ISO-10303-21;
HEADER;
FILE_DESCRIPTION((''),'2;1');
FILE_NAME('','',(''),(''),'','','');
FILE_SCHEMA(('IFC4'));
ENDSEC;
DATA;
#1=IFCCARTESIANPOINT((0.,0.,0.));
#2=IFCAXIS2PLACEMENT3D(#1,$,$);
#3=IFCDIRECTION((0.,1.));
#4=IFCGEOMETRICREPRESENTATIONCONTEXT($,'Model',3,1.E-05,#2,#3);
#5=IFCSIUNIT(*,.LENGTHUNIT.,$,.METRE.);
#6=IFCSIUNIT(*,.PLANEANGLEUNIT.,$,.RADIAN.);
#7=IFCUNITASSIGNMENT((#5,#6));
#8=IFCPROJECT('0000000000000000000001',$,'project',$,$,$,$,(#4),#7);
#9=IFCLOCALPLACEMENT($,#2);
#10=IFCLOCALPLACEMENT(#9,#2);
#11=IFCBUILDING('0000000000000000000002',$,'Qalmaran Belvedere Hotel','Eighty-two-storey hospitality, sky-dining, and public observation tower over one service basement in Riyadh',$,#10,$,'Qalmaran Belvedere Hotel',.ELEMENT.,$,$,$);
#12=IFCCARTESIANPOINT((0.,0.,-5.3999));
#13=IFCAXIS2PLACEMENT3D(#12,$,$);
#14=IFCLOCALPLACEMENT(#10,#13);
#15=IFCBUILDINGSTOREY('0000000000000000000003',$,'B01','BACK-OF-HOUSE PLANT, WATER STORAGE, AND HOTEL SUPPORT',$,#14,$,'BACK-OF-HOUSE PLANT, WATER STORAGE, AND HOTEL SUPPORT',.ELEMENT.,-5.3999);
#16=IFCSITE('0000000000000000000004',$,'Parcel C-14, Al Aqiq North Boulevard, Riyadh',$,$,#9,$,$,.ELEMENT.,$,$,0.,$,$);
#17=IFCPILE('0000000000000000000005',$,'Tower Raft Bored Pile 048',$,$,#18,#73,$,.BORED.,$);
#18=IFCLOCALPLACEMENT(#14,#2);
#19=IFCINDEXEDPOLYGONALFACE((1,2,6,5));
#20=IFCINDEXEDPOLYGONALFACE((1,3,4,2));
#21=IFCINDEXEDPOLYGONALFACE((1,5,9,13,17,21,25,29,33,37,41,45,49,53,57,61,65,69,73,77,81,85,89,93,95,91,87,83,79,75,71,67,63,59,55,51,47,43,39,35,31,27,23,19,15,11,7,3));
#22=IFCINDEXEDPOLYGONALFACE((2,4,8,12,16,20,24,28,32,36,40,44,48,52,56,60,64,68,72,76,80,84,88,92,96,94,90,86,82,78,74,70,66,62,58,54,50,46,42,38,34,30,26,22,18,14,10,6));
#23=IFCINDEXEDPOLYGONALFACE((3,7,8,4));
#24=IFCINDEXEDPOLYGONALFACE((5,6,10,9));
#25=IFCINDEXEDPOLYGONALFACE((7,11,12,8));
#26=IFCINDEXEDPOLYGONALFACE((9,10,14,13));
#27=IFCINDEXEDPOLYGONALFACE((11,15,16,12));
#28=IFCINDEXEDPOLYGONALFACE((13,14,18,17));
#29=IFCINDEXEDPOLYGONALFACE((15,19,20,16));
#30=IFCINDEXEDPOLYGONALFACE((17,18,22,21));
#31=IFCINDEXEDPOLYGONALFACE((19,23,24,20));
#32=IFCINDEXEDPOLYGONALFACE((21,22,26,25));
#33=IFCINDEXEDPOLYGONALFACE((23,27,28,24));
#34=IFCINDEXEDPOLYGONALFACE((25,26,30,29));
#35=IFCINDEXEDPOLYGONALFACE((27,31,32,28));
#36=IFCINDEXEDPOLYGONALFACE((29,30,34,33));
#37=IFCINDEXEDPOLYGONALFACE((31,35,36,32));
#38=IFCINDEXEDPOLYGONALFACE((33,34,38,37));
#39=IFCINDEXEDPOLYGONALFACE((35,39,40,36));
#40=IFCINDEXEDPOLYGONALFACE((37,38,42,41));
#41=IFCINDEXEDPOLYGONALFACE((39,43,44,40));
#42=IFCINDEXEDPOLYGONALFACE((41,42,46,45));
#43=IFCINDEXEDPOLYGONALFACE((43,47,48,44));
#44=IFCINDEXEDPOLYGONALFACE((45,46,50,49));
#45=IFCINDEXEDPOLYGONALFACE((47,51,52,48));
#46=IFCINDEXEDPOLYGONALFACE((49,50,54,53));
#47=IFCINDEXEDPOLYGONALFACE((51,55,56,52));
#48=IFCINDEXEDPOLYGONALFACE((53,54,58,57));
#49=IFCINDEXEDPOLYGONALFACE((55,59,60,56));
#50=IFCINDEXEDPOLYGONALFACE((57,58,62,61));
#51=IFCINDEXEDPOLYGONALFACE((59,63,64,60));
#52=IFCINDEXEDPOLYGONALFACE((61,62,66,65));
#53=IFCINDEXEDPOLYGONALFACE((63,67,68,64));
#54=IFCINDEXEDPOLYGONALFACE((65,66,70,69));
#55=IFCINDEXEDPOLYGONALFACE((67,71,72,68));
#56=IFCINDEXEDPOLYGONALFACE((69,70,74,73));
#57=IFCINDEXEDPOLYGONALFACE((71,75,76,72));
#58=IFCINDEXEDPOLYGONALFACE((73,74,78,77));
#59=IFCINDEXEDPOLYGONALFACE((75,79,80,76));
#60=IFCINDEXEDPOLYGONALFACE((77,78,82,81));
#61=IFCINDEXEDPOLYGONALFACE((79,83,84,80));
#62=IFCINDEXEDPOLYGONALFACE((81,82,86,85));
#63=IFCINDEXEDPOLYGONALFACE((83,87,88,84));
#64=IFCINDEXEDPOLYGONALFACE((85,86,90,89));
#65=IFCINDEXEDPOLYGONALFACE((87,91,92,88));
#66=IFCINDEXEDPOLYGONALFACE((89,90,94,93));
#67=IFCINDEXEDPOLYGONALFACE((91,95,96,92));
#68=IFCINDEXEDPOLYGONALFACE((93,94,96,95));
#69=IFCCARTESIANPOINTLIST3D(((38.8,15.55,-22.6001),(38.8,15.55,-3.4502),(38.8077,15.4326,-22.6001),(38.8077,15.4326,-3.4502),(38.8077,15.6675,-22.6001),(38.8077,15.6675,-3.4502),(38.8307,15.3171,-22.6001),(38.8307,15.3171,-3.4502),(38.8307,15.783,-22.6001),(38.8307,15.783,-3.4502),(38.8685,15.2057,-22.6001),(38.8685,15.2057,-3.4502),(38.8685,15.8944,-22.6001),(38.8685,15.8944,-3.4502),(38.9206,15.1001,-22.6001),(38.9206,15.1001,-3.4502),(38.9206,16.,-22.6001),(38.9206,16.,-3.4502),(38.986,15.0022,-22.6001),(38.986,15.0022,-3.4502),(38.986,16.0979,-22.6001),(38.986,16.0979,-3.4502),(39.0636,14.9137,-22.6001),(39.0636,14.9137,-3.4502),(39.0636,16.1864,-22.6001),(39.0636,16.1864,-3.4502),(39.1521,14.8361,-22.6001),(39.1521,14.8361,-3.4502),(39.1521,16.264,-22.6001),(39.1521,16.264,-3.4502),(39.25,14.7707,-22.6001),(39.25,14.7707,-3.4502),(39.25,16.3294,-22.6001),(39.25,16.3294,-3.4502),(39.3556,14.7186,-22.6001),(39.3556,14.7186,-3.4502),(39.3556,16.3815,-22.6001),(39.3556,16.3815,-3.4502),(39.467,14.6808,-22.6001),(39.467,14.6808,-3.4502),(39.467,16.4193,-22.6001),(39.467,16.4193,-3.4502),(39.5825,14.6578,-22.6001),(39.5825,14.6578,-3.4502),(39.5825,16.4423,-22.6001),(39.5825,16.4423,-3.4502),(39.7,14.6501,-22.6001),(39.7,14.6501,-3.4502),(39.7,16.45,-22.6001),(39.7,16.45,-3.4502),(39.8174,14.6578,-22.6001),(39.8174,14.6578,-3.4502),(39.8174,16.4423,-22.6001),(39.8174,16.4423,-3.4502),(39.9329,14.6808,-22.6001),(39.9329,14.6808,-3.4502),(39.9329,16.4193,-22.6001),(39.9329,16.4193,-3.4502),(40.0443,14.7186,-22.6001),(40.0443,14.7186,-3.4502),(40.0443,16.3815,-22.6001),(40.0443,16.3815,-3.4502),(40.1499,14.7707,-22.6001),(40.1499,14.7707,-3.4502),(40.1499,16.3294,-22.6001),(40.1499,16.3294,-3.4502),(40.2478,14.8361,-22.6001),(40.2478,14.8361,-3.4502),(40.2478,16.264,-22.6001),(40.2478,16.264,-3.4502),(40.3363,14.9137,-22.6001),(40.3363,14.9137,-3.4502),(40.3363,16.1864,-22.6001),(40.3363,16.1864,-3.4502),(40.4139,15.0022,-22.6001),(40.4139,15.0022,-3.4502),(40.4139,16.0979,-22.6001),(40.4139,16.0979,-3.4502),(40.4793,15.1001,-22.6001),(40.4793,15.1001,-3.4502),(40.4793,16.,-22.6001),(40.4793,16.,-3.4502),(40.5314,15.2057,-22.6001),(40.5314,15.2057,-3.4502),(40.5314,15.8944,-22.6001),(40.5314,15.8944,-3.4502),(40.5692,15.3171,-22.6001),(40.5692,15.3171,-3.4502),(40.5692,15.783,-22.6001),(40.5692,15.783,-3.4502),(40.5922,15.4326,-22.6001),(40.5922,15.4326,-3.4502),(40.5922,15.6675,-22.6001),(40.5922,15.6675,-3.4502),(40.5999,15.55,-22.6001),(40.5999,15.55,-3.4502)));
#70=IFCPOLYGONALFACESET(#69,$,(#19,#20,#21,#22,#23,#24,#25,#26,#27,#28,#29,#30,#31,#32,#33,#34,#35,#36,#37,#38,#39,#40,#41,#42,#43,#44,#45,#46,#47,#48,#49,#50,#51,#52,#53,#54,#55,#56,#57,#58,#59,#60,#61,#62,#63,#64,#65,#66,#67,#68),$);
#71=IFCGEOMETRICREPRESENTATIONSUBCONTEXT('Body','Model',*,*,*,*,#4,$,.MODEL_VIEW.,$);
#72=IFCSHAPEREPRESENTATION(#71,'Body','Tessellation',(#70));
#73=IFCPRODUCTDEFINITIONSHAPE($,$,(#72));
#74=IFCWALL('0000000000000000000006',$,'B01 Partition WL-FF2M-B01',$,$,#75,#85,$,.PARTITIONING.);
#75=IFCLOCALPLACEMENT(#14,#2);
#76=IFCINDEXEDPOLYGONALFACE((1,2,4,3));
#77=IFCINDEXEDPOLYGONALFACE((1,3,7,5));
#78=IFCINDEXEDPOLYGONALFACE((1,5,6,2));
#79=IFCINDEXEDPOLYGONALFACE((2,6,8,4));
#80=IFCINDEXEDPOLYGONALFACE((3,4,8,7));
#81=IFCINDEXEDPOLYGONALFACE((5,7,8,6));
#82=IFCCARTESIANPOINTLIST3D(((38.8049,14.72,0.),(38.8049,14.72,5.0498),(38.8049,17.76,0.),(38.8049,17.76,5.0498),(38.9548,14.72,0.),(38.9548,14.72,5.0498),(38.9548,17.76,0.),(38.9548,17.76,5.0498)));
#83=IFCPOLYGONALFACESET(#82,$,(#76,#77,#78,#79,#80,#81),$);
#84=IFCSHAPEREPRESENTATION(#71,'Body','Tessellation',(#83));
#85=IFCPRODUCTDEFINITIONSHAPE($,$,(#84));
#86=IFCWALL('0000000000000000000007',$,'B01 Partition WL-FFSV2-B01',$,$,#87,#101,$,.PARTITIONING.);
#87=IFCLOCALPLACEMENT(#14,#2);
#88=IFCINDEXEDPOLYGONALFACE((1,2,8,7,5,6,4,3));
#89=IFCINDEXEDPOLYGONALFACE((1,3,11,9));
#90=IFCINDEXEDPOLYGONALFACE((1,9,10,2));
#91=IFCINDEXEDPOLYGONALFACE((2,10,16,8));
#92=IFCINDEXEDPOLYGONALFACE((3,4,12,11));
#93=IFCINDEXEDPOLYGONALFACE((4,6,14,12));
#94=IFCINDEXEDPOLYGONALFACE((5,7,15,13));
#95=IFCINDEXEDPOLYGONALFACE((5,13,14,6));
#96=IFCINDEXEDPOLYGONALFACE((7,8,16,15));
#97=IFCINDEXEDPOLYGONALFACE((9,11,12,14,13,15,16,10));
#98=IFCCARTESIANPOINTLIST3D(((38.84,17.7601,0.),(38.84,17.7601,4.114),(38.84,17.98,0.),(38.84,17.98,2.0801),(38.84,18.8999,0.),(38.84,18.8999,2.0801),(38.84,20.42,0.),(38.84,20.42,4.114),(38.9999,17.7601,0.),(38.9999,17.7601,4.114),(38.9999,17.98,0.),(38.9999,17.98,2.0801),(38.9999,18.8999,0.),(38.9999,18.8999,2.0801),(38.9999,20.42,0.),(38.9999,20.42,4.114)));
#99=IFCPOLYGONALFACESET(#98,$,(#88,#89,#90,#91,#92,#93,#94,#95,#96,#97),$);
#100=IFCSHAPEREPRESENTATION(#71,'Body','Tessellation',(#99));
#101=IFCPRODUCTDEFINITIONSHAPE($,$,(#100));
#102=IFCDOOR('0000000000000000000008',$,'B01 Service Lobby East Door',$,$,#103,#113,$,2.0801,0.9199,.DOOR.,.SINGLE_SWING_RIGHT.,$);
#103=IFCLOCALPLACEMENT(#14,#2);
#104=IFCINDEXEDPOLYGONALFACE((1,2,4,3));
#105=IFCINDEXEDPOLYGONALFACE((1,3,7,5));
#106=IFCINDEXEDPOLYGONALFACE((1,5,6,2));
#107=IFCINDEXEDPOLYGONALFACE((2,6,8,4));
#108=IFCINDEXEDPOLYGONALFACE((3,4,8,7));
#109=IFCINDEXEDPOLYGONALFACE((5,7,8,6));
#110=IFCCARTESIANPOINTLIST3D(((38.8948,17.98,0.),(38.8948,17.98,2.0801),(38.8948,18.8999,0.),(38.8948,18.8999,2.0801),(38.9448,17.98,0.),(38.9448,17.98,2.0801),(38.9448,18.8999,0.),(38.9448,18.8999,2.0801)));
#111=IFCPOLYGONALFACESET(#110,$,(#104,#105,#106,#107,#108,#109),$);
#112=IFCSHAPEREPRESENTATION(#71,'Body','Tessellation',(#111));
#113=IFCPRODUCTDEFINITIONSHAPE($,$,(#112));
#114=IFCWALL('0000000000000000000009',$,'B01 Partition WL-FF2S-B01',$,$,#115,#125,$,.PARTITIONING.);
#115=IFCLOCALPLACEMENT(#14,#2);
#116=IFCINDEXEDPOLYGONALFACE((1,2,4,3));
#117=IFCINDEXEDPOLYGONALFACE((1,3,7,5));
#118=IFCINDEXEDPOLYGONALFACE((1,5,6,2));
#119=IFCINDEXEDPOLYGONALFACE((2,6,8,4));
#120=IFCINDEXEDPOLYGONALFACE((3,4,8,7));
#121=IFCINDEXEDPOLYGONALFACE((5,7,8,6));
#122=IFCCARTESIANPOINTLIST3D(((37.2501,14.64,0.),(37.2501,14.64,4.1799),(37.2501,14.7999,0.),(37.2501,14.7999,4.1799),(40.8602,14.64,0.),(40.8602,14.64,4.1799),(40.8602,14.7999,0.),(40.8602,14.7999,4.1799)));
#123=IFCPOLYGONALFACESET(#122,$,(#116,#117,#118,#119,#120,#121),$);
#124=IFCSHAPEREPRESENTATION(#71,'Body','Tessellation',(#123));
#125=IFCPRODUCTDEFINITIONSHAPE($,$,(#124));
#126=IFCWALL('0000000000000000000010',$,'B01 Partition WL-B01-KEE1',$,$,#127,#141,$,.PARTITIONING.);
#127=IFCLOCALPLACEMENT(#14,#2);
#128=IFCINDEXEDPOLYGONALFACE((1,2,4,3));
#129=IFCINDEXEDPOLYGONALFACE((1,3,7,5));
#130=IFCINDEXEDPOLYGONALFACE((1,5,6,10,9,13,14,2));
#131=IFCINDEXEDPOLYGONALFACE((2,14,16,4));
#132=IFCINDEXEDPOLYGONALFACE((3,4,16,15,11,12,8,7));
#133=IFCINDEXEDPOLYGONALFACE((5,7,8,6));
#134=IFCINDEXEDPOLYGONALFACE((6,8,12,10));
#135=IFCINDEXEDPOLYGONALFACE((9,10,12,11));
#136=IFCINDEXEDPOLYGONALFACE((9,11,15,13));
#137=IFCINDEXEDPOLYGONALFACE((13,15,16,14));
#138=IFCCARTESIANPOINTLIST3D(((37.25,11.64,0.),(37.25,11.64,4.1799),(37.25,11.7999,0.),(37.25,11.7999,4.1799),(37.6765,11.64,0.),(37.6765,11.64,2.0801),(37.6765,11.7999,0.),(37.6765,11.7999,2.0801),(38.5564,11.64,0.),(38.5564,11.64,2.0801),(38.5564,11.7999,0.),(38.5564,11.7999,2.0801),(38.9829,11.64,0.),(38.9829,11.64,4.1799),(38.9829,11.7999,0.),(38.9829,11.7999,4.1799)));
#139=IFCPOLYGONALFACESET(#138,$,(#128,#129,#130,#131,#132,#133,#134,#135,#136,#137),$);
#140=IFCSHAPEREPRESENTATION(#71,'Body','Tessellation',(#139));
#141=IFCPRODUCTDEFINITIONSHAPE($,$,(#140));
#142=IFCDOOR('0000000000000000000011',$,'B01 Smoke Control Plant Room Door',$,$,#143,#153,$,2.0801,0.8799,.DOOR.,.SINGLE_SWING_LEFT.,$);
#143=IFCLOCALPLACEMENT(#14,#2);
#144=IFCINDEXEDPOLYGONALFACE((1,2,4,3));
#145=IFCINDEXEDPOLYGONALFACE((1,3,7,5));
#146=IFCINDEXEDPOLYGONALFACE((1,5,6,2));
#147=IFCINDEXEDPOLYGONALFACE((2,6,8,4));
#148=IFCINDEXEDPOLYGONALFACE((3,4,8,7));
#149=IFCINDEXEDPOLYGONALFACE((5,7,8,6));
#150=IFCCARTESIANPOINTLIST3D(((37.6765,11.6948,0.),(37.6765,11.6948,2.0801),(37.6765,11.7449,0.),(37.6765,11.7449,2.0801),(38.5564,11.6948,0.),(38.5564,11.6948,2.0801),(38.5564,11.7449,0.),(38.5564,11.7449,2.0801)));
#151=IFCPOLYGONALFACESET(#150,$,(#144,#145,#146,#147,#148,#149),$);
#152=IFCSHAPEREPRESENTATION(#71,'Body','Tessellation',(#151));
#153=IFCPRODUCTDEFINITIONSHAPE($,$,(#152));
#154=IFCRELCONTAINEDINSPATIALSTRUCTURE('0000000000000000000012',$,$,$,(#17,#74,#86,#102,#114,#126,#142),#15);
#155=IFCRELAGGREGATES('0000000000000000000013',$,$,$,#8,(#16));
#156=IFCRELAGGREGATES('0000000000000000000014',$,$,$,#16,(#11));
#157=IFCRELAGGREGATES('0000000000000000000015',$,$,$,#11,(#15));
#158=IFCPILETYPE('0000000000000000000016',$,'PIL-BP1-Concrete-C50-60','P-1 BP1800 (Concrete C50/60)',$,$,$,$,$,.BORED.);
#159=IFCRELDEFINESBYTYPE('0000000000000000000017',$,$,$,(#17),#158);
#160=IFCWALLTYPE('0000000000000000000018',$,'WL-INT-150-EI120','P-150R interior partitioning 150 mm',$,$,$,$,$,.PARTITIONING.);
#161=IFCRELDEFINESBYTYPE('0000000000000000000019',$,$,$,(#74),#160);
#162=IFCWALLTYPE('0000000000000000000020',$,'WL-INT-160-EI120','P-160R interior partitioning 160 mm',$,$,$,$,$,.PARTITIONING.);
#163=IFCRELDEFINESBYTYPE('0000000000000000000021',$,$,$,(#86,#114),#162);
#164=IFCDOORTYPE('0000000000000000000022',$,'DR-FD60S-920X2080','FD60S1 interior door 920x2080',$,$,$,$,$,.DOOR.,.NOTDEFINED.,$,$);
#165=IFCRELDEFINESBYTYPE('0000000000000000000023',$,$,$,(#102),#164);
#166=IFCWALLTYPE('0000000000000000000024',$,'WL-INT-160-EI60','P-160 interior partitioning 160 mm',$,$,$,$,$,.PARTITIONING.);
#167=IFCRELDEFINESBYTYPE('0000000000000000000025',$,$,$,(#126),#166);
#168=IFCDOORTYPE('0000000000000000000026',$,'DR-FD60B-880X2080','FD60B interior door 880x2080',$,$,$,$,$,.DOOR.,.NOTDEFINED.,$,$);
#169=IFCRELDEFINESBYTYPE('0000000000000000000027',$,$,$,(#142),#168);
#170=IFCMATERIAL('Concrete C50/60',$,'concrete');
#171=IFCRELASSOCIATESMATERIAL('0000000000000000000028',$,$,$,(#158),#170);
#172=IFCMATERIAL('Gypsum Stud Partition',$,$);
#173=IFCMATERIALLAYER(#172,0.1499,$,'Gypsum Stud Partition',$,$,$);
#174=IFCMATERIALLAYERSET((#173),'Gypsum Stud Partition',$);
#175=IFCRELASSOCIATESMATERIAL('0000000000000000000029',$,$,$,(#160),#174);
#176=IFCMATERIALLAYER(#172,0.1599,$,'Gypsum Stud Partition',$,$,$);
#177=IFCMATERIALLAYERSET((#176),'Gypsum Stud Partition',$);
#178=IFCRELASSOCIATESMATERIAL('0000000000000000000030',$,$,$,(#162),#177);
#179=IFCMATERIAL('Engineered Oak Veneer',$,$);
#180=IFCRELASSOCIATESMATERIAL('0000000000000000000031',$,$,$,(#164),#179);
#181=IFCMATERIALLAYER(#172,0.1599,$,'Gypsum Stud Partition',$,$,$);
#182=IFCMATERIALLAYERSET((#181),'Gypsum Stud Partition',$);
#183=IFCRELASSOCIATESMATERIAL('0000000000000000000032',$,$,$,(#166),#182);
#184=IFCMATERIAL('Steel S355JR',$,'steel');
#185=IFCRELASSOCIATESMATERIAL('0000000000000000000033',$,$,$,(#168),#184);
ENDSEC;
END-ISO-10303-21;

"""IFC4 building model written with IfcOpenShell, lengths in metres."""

from ifc_helpers import new_model, si_unit, direction, frame, frame_2d, origin, origin_2d, place, context, subcontext, project, spatial, rectangle, circle, extrude, material, layer, layer_set, material_profile, profile_set, type_object, element, fill, save


model = new_model("IFC4")

# Units and contexts
model_context = context("Model", 3, precision=1e-05, world=origin(), true_north=direction((0.0, 1.0)))
body_context = subcontext(model_context, "Body", "Model", "MODEL_VIEW")
ifc_project = project(units=[si_unit("LENGTHUNIT", "METRE"), si_unit("PLANEANGLEUNIT", "RADIAN")], contexts=[model_context])

# Site, building, storey
site_placement = place(None, origin())
site = spatial("IfcSite", under=ifc_project, at=site_placement, Name="Parcel C-14, Al Aqiq North Boulevard, Riyadh", CompositionType="ELEMENT", RefElevation=0.0)
building_placement = place(site_placement, origin())
building = spatial("IfcBuilding", under=site, at=building_placement, Name="Qalmaran Belvedere Hotel", Description="Eighty-two-storey hospitality, sky-dining, and public observation tower over one service basement in Riyadh", LongName="Qalmaran Belvedere Hotel", CompositionType="ELEMENT")
storey_placement = place(building_placement, frame((0.0, 0.0, -5.3999)))
storey = spatial("IfcBuildingStorey", under=building, at=storey_placement, Name="B01", Description="BACK-OF-HOUSE PLANT, WATER STORAGE, AND HOTEL SUPPORT", LongName="BACK-OF-HOUSE PLANT, WATER STORAGE, AND HOTEL SUPPORT", CompositionType="ELEMENT", Elevation=-5.3999)

# Pile
ifc_material_1 = material(Name="Concrete C50/60", Category="concrete")
ifc_material_profile = material_profile(ifc_material_1, circle(Radius=0.8999, at=origin_2d()), Name="BP1800")
ifc_profile_set = profile_set([ifc_material_profile], Name="Concrete C50/60")
pile_type = type_object("IfcPileType", Name="PIL-BP1-Concrete-C50-60", Description="P-1 BP1800 (Concrete C50/60)", PredefinedType="BORED", material=ifc_profile_set)
for number, where, z_axis, x_axis, name in (
    (1, (39.7, 15.55, -3.4502), (0.0, 0.0, -1.0), (1.0, 0.0, 0.0), "Tower Raft Bored Pile 048"),
):
    element("IfcPile", number, at=place(storey_placement, frame(where, z_axis=z_axis, x_axis=x_axis)), inside=storey, type_object=pile_type, Name=name, PredefinedType="BORED", context=body_context, shape_type="SweptSolid", body=[
        extrude(circle(Radius=0.8999, at=origin_2d()), origin(), (0.0, 0.0, 1.0), 19.1499),
    ])

# Wall
ifc_material_2 = material(Name="Gypsum Stud Partition")
ifc_layer_1 = layer(ifc_material_2, 0.1499, Name="Gypsum Stud Partition")
ifc_layer_set_1 = layer_set([ifc_layer_1], Name="Gypsum Stud Partition")
wall_type_1 = type_object("IfcWallType", Name="WL-INT-150-EI120", Description="P-150R interior partitioning 150 mm", PredefinedType="PARTITIONING", material=ifc_layer_set_1)
wall_1_placement = place(storey_placement, frame((38.8799, 14.72, 0.0), z_axis=(0.0, 0.0, 1.0), x_axis=(0.0, 1.0, 0.0)))
element("IfcWall", 2, at=wall_1_placement, inside=storey, type_object=wall_type_1, Name="B01 Partition WL-FF2M-B01", PredefinedType="PARTITIONING", context=body_context, shape_type="SweptSolid", body=[
    extrude(rectangle(XDim=3.04, YDim=0.1499, at=frame_2d((1.52, 0.0))), origin(), (0.0, 0.0, 1.0), 5.0498),
])

# Wall, opening, door
ifc_layer_2 = layer(ifc_material_2, 0.1599, Name="Gypsum Stud Partition")
ifc_layer_set_2 = layer_set([ifc_layer_2], Name="Gypsum Stud Partition")
wall_type_2 = type_object("IfcWallType", Name="WL-INT-160-EI120", Description="P-160R interior partitioning 160 mm", PredefinedType="PARTITIONING", material=ifc_layer_set_2)
wall_2_placement = place(storey_placement, frame((38.9199, 17.76, 0.0), z_axis=(0.0, 0.0, 1.0), x_axis=(0.0, 1.0, 0.0)))
wall_2 = element("IfcWall", 3, at=wall_2_placement, inside=storey, type_object=wall_type_2, Name="B01 Partition WL-FFSV2-B01", PredefinedType="PARTITIONING", context=body_context, shape_type="SweptSolid", body=[
    extrude(rectangle(XDim=2.6599, YDim=0.1599, at=frame_2d((1.3301, 0.0))), origin(), (0.0, 0.0, 1.0), 4.114),
])
opening_1_placement = place(wall_2_placement, frame((1.1399, 0.0, 0.0), z_axis=(0.0, 0.0, 1.0), x_axis=(-1.0, 0.0, 0.0)))
opening_1 = element("IfcOpeningElement", 4, at=opening_1_placement, cuts=wall_2, PredefinedType="OPENING", context=body_context, shape_type="SweptSolid", body=[
    extrude(rectangle(XDim=0.9199, YDim=2.0801, at=frame_2d((0.46, 1.04))), frame((0.0, 0.0898, 0.0), z_axis=(0.0, -1.0, 0.0), x_axis=(1.0, 0.0, 0.0)), (0.0, 0.0, 1.0), 0.1799),
])
ifc_material_3 = material(Name="Engineered Oak Veneer")
door_type_1 = type_object("IfcDoorType", Name="DR-FD60S-920X2080", Description="FD60S1 interior door 920x2080", OperationType="NOTDEFINED", PredefinedType="DOOR", material=ifc_material_3)
door_1_placement = place(opening_1_placement, origin())
door_1 = element("IfcDoor", 5, at=door_1_placement, inside=storey, type_object=door_type_1, Name="B01 Service Lobby East Door", OperationType="SINGLE_SWING_RIGHT", OverallHeight=2.0801, OverallWidth=0.9199, PredefinedType="DOOR", context=body_context, shape_type="SweptSolid", body=[
    extrude(rectangle(XDim=0.9199, YDim=2.0801, at=frame_2d((0.46, 1.04))), frame((0.0, 0.0249, 0.0), z_axis=(0.0, -1.0, 0.0), x_axis=(1.0, 0.0, 0.0)), (0.0, 0.0, 1.0), 0.05),
])
fill(opening_1, door_1)

# Wall
wall_3_placement = place(storey_placement, frame((37.25, 14.72, 0.0), z_axis=(0.0, 0.0, 1.0), x_axis=(1.0, 0.0, 0.0)))
element("IfcWall", 6, at=wall_3_placement, inside=storey, type_object=wall_type_2, Name="B01 Partition WL-FF2S-B01", PredefinedType="PARTITIONING", context=body_context, shape_type="SweptSolid", body=[
    extrude(rectangle(XDim=3.6101, YDim=0.1599, at=frame_2d((1.8052, 0.0))), origin(), (0.0, 0.0, 1.0), 4.1799),
])

# Wall, opening, door
ifc_layer_3 = layer(ifc_material_2, 0.1599, Name="Gypsum Stud Partition")
ifc_layer_set_3 = layer_set([ifc_layer_3], Name="Gypsum Stud Partition")
wall_type_3 = type_object("IfcWallType", Name="WL-INT-160-EI60", Description="P-160 interior partitioning 160 mm", PredefinedType="PARTITIONING", material=ifc_layer_set_3)
wall_4_placement = place(storey_placement, frame((37.25, 11.72, 0.0), z_axis=(0.0, 0.0, 1.0), x_axis=(1.0, 0.0, 0.0)))
wall_4 = element("IfcWall", 7, at=wall_4_placement, inside=storey, type_object=wall_type_3, Name="B01 Partition WL-B01-KEE1", PredefinedType="PARTITIONING", context=body_context, shape_type="SweptSolid", body=[
    extrude(rectangle(XDim=1.7329, YDim=0.1599, at=frame_2d((0.8665, 0.0))), origin(), (0.0, 0.0, 1.0), 4.1799),
])
opening_2_placement = place(wall_4_placement, frame((0.4265, 0.0, 0.0)))
opening_2 = element("IfcOpeningElement", 8, at=opening_2_placement, cuts=wall_4, PredefinedType="OPENING", context=body_context, shape_type="SweptSolid", body=[
    extrude(rectangle(XDim=0.8799, YDim=2.0801, at=frame_2d((0.4399, 1.04))), frame((0.0, 0.0898, 0.0), z_axis=(0.0, -1.0, 0.0), x_axis=(1.0, 0.0, 0.0)), (0.0, 0.0, 1.0), 0.1799),
])
ifc_material_4 = material(Name="Steel S355JR", Category="steel")
door_type_2 = type_object("IfcDoorType", Name="DR-FD60B-880X2080", Description="FD60B interior door 880x2080", OperationType="NOTDEFINED", PredefinedType="DOOR", material=ifc_material_4)
door_2_placement = place(opening_2_placement, origin())
door_2 = element("IfcDoor", 9, at=door_2_placement, inside=storey, type_object=door_type_2, Name="B01 Smoke Control Plant Room Door", OperationType="SINGLE_SWING_LEFT", OverallHeight=2.0801, OverallWidth=0.8799, PredefinedType="DOOR", context=body_context, shape_type="SweptSolid", body=[
    extrude(rectangle(XDim=0.8799, YDim=2.0801, at=frame_2d((0.4399, 1.04))), frame((0.0, 0.0249, 0.0), z_axis=(0.0, -1.0, 0.0), x_axis=(1.0, 0.0, 0.0)), (0.0, 0.0, 1.0), 0.05),
])
fill(opening_2, door_2)

save(model, "model.ifc")
